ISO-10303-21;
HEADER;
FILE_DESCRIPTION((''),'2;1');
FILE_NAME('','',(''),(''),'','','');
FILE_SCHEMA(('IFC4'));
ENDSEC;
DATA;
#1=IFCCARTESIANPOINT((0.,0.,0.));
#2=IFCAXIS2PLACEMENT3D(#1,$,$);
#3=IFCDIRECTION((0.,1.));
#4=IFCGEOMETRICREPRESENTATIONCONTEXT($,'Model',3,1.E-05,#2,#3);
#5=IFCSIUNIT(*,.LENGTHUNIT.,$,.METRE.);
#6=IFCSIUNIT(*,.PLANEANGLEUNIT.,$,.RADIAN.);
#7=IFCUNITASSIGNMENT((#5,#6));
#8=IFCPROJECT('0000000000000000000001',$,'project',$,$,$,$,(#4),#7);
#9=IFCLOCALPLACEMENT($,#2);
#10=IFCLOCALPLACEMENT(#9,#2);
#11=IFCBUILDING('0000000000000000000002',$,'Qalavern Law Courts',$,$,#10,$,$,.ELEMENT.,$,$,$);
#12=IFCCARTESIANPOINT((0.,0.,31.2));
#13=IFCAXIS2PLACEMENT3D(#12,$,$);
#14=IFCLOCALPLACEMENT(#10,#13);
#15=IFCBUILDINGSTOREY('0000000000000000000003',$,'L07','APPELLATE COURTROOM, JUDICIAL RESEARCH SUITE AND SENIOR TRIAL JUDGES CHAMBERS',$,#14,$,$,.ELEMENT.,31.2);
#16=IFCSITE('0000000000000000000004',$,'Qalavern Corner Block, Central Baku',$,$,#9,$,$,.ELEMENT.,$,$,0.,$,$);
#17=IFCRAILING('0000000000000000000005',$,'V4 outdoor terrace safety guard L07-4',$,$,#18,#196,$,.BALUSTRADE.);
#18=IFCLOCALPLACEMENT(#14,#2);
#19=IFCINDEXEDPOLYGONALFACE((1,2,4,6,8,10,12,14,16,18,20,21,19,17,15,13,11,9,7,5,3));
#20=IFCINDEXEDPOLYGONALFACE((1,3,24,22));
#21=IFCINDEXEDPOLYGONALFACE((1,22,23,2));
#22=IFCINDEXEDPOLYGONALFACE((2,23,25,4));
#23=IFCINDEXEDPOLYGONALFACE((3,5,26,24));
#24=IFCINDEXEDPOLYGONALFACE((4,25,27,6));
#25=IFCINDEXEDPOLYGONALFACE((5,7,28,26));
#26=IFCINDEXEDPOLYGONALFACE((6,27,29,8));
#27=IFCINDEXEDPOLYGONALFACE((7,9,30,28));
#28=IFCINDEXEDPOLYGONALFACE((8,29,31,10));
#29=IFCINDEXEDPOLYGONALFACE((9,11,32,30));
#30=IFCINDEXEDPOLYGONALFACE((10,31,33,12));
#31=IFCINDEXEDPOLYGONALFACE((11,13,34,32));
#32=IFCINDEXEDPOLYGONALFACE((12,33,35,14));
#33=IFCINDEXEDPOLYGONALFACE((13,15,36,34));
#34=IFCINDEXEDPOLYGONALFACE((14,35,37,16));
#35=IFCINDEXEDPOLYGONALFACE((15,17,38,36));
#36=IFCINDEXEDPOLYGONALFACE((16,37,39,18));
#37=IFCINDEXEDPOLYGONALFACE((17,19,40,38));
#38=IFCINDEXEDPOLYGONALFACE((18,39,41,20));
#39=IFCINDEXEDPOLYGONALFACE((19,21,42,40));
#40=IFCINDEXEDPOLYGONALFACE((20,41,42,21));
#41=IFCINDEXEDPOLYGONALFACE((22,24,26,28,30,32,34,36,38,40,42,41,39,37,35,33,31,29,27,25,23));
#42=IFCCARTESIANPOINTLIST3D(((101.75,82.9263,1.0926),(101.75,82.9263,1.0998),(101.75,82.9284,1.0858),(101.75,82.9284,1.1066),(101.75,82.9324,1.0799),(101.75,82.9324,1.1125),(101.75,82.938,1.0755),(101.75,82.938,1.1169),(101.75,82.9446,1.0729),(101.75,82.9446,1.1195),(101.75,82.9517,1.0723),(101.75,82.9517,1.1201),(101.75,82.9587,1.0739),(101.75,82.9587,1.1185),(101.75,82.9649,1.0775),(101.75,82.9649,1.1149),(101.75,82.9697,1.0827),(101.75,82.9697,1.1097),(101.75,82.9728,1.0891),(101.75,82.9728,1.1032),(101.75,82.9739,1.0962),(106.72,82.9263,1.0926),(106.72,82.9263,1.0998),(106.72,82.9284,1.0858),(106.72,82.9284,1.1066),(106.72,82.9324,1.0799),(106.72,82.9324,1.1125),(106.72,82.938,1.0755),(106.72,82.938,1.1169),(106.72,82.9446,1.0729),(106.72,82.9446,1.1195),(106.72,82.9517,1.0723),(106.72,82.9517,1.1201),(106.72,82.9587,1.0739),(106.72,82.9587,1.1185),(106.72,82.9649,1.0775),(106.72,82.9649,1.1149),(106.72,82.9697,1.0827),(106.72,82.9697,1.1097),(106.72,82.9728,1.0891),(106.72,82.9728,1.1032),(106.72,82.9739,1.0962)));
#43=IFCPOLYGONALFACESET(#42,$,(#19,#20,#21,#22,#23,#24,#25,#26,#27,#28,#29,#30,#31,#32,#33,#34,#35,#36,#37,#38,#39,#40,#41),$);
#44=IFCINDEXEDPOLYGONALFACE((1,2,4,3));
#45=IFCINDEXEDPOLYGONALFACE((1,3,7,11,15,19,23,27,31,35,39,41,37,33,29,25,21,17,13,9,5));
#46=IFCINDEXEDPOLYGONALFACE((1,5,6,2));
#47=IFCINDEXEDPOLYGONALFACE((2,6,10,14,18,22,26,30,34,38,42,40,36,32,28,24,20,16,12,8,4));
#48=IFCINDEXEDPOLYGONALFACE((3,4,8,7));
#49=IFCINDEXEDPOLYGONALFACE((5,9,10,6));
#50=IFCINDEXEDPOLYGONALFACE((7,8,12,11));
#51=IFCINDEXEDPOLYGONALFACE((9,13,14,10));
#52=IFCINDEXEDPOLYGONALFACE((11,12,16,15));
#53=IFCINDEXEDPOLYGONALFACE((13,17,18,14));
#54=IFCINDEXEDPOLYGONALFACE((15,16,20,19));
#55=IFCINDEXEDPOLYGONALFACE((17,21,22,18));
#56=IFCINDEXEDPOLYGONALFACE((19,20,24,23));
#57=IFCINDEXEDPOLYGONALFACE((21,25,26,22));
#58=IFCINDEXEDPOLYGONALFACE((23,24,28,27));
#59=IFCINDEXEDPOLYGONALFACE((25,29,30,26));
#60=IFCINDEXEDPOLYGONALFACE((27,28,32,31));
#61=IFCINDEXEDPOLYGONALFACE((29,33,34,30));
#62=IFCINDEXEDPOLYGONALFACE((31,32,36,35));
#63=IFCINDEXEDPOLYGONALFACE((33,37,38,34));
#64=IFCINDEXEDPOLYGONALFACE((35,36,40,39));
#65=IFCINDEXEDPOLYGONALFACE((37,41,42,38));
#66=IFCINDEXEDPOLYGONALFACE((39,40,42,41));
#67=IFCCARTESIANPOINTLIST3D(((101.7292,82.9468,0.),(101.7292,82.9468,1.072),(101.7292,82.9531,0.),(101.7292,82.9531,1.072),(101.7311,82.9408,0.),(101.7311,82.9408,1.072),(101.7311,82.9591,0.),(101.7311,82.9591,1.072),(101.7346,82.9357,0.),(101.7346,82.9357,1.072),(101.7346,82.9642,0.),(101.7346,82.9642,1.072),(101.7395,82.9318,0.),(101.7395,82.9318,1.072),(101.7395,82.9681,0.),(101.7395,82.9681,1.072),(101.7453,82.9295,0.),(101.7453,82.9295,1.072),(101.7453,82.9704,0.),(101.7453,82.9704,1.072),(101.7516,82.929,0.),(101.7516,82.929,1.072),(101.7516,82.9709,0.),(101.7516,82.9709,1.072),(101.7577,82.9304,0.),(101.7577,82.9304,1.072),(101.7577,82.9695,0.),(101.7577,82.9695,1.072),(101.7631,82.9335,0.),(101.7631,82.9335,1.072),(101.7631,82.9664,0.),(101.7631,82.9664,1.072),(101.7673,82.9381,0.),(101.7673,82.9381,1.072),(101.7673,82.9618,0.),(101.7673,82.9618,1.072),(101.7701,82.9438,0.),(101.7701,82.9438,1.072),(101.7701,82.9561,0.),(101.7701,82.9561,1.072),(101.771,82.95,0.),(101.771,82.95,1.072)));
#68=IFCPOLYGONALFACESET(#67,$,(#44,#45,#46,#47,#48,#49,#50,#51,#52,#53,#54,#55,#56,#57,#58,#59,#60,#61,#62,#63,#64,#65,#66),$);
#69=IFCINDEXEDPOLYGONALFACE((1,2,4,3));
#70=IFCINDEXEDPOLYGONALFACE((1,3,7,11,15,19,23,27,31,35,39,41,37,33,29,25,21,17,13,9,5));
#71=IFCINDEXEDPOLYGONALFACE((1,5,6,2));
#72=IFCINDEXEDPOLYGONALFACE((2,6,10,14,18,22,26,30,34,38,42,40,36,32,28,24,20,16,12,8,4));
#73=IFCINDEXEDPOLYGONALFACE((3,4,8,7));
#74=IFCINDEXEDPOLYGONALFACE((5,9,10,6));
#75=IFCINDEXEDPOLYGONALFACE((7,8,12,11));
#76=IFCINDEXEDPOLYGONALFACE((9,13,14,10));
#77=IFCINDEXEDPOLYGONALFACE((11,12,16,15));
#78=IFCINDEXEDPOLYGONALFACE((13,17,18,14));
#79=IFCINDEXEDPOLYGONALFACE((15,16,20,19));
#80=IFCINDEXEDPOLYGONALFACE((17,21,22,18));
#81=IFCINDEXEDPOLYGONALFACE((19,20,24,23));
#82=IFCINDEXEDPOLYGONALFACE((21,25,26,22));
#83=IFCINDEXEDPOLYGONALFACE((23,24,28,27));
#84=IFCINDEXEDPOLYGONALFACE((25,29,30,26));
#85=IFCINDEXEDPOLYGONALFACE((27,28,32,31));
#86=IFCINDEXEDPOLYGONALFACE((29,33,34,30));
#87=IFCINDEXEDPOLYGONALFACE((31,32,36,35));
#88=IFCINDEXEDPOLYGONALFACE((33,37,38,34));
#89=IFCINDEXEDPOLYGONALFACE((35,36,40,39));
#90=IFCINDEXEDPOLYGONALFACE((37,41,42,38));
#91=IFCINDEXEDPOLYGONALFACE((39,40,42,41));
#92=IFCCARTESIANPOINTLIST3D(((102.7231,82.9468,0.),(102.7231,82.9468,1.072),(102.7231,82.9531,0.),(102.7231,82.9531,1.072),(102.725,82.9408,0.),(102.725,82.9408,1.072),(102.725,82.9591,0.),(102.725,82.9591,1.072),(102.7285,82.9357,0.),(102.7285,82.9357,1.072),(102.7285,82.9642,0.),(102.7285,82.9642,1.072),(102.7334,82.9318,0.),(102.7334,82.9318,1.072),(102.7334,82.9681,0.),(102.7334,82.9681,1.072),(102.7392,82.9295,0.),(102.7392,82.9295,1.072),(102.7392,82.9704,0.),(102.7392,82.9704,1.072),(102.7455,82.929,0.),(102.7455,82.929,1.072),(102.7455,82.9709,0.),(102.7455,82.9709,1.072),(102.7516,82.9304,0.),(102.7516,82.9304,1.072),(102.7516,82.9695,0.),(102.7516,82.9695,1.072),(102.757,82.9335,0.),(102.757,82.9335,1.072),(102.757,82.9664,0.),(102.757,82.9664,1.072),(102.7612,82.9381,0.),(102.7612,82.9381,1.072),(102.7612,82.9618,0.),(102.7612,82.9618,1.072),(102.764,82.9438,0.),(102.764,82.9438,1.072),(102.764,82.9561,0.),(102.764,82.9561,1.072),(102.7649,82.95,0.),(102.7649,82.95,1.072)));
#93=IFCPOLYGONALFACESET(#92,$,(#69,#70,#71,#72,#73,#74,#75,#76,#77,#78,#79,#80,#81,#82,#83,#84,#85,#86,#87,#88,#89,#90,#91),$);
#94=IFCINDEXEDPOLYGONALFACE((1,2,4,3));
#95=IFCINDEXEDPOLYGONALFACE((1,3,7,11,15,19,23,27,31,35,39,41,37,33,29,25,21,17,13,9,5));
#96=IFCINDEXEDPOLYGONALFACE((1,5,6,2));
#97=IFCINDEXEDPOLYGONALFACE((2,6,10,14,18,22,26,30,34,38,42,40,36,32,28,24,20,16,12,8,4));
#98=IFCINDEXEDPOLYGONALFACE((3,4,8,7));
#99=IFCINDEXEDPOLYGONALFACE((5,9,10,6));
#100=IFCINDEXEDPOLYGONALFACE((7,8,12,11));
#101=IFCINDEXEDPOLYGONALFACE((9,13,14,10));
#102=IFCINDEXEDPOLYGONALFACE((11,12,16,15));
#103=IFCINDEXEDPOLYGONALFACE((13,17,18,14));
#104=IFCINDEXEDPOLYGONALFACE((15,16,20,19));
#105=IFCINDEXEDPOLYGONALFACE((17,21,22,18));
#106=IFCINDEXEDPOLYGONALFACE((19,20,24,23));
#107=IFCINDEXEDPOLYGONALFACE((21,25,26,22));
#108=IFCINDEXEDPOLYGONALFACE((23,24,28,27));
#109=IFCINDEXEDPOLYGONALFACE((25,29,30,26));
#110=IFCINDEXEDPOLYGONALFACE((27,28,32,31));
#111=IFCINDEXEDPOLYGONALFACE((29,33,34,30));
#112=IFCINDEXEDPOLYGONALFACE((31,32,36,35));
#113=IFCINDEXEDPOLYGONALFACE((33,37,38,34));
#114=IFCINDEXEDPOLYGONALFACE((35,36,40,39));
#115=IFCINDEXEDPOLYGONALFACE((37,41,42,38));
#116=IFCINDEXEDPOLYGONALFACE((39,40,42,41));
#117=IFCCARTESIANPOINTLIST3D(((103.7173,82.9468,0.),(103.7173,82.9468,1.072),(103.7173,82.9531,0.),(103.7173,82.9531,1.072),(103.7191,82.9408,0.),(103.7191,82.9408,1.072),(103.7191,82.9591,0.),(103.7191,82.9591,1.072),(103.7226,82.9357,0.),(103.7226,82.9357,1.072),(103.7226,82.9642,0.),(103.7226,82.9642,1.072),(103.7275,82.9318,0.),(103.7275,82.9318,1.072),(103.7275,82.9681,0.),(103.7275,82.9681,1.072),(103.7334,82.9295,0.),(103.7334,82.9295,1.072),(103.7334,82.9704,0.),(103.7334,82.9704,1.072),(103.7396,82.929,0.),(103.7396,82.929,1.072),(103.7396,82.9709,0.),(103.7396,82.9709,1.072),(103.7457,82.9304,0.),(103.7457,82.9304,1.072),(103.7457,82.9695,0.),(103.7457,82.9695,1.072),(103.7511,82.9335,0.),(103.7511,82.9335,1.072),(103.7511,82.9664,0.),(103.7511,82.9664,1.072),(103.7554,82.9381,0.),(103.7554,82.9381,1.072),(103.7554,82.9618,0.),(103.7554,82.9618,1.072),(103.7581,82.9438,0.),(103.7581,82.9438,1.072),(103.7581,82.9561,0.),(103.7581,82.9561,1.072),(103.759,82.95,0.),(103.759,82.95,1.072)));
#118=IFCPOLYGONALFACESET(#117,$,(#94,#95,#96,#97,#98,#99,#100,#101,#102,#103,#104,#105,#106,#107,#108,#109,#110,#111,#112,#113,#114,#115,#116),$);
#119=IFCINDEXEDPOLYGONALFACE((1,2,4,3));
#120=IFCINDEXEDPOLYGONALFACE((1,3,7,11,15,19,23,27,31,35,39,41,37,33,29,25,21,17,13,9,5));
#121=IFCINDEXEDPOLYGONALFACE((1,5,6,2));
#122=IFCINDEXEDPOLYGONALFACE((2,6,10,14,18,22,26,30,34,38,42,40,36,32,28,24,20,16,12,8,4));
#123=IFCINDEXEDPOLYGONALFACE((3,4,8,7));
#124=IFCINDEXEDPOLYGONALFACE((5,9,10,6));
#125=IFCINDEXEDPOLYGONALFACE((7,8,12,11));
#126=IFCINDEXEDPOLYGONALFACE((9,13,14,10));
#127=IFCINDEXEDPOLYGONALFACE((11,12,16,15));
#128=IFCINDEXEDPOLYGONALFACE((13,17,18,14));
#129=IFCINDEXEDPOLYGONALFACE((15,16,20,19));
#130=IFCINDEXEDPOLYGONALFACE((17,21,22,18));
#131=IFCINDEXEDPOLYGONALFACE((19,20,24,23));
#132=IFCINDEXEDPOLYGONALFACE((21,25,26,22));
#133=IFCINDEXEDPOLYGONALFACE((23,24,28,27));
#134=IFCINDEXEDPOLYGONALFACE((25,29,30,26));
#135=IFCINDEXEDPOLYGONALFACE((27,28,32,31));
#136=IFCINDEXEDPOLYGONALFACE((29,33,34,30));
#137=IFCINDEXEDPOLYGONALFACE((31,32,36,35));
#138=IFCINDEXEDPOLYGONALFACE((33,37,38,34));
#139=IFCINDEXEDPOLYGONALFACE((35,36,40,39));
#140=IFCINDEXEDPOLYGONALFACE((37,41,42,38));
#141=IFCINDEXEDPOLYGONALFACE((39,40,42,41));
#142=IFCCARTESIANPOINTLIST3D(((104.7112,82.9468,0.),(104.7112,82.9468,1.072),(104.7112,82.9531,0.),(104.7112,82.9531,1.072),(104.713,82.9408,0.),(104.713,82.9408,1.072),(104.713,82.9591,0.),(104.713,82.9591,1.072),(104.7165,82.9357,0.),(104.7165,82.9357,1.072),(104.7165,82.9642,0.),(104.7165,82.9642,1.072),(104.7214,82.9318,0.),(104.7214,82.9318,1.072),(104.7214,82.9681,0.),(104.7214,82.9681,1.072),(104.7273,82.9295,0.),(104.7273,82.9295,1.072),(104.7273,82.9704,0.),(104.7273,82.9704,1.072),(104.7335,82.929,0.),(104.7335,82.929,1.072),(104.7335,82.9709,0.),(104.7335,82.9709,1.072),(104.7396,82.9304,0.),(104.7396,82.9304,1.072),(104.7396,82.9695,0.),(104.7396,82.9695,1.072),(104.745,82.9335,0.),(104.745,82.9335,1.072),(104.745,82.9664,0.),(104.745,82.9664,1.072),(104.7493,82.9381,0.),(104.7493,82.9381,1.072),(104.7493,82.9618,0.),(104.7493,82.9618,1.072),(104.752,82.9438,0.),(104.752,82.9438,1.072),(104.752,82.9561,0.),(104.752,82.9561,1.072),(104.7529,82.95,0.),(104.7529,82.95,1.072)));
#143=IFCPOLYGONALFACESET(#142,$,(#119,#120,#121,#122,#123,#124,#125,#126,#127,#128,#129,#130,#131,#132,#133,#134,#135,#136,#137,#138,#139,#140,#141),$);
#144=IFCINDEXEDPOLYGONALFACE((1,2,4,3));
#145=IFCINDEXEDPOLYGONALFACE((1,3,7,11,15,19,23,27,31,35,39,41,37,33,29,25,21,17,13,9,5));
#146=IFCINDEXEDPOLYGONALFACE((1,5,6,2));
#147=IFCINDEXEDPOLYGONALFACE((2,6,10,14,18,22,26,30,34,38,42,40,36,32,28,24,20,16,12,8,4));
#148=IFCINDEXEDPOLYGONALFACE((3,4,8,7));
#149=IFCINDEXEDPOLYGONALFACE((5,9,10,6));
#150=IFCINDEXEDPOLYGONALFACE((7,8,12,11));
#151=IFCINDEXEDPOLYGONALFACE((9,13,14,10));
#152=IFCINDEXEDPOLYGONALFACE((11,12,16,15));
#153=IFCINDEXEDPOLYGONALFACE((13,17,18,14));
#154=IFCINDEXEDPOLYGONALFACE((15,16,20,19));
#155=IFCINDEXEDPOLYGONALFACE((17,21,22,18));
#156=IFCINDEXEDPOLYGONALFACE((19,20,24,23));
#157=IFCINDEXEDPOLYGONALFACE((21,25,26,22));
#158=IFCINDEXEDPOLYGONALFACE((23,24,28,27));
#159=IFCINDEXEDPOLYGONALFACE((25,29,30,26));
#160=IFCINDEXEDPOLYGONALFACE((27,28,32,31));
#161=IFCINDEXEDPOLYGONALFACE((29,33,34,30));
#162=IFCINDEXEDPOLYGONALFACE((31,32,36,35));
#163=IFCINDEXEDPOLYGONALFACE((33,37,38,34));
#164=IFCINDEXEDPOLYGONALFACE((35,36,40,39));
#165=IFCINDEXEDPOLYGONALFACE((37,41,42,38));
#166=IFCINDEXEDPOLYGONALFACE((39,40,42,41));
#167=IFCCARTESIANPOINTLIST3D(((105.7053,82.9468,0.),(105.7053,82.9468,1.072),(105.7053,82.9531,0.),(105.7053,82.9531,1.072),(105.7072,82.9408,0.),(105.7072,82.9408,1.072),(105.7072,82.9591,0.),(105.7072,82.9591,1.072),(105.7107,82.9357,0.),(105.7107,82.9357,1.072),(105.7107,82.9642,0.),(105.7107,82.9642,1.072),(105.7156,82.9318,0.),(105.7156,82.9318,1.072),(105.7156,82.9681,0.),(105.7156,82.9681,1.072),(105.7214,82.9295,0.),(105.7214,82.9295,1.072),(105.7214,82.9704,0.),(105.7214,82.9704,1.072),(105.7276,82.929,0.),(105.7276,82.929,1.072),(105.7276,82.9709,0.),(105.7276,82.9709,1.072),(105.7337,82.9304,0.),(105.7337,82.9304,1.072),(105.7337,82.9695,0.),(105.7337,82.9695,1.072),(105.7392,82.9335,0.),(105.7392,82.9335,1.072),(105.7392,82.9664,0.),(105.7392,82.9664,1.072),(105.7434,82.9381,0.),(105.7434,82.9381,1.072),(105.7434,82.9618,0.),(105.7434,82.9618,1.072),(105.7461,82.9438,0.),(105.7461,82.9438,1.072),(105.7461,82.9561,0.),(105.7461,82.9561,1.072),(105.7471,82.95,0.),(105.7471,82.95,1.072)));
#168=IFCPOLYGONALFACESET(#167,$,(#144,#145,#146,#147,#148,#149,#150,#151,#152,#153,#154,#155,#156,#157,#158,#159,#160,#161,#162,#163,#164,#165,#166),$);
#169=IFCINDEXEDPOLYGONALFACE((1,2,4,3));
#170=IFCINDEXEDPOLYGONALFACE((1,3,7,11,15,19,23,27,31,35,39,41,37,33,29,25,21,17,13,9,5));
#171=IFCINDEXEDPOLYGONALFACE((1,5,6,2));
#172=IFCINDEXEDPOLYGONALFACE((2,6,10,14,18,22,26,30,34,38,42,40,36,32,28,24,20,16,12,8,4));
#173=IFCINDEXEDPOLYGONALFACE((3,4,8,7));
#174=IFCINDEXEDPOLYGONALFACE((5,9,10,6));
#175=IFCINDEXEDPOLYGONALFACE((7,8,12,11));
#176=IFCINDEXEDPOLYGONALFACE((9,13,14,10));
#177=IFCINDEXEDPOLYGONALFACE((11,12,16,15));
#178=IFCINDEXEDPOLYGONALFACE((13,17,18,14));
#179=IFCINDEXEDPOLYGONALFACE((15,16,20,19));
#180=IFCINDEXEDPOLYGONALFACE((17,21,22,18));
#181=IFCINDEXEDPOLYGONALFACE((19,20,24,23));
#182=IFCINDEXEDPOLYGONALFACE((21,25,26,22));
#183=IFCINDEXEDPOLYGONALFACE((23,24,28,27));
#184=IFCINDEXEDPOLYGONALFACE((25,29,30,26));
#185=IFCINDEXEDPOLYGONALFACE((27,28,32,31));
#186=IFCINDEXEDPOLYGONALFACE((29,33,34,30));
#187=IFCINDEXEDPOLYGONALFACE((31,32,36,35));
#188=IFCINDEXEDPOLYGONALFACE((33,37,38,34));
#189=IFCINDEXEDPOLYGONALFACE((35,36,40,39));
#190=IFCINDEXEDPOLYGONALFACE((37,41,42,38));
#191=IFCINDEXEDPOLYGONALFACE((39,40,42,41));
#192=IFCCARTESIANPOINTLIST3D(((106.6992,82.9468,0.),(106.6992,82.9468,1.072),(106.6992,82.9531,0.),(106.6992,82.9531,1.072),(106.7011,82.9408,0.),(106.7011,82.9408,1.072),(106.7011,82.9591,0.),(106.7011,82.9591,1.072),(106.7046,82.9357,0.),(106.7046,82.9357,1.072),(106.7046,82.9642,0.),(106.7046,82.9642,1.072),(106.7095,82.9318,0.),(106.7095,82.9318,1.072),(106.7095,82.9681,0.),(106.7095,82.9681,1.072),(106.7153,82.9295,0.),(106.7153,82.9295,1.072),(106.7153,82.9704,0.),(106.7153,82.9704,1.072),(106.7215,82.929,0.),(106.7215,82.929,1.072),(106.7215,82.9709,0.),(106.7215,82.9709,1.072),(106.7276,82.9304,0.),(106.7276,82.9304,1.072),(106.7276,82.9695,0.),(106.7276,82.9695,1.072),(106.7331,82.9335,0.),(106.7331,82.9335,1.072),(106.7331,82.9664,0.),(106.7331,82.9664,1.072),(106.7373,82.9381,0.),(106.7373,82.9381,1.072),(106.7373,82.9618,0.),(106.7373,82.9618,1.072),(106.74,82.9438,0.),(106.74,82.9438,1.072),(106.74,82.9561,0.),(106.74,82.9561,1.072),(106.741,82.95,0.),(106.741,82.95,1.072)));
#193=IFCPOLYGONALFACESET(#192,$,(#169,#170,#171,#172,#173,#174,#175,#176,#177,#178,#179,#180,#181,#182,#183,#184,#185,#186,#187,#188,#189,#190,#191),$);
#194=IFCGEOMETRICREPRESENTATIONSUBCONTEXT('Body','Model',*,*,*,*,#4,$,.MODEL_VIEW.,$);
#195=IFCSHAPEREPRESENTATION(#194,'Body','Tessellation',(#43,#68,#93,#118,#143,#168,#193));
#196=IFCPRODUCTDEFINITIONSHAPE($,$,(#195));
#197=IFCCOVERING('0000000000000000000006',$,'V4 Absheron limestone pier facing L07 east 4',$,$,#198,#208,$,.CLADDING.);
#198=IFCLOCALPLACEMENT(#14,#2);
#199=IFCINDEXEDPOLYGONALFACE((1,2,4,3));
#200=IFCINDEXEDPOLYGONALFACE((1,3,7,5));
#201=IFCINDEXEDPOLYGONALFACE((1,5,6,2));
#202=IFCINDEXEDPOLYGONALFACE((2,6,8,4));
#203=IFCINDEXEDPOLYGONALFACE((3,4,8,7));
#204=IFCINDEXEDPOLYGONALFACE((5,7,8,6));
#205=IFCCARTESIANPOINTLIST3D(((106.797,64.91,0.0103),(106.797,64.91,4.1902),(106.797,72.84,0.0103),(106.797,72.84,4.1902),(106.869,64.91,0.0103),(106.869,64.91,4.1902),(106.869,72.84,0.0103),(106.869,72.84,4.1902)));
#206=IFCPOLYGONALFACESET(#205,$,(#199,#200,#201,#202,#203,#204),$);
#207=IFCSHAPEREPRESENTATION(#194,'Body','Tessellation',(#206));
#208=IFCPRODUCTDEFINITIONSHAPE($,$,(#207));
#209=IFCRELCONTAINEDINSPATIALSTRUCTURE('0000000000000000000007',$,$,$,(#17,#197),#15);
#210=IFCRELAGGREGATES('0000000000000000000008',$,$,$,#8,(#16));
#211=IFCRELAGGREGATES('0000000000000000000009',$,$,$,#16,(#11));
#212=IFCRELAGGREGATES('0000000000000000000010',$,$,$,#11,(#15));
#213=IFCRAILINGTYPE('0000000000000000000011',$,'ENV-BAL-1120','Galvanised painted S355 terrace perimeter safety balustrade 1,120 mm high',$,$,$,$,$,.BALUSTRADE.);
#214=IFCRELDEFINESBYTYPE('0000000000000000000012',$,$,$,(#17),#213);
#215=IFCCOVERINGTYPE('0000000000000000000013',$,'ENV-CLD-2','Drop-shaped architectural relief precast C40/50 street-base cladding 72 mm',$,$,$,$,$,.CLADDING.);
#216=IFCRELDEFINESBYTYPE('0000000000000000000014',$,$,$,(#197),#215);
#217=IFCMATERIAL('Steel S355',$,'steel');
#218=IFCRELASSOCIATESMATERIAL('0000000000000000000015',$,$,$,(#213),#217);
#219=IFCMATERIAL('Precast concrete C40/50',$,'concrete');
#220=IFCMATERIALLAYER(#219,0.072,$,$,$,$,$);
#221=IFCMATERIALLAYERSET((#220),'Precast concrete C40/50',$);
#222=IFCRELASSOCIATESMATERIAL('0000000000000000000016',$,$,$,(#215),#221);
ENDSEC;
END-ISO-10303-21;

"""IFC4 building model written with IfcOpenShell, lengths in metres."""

from ifc_helpers import new_model, si_unit, direction, frame, origin, origin_2d, place, context, subcontext, project, spatial, rectangle, circle, extrude, material, layer, layer_set, type_object, element, save


model = new_model("IFC4")

# Units and contexts
model_context = context("Model", 3, precision=1e-05, world=origin(), true_north=direction((0.0, 1.0)))
body_context = subcontext(model_context, "Body", "Model", "MODEL_VIEW")
ifc_project = project(units=[si_unit("LENGTHUNIT", "METRE"), si_unit("PLANEANGLEUNIT", "RADIAN")], contexts=[model_context])

# Site, building, storey
site_placement = place(None, origin())
site = spatial("IfcSite", under=ifc_project, at=site_placement, Name="Qalavern Corner Block, Central Baku", CompositionType="ELEMENT", RefElevation=0.0)
building_placement = place(site_placement, origin())
building = spatial("IfcBuilding", under=site, at=building_placement, Name="Qalavern Law Courts", CompositionType="ELEMENT")
storey_placement = place(building_placement, frame((0.0, 0.0, 31.2)))
storey = spatial("IfcBuildingStorey", under=building, at=storey_placement, Name="L07", Description="APPELLATE COURTROOM, JUDICIAL RESEARCH SUITE AND SENIOR TRIAL JUDGES CHAMBERS", CompositionType="ELEMENT", Elevation=31.2)

# Shared definitions
ifc_material_1 = material(Name="Steel S355", Category="steel")

# Railing
railing_type_1 = type_object("IfcRailingType", Name="ENV-BAL-1120", Description="Galvanised painted S355 terrace perimeter safety balustrade 1,120 mm high", PredefinedType="BALUSTRADE", material=ifc_material_1)
railing_1_placement = place(storey_placement, frame((101.75, 82.95, 0.0)))
element("IfcRailing", 1, at=railing_1_placement, inside=storey, type_object=railing_type_1, Name="V4 outdoor terrace safety guard L07-4", PredefinedType="BALUSTRADE", context=body_context, shape_type="SweptSolid", body=[
    extrude(circle(Radius=0.0239, at=origin_2d()), frame((0.0, 0.0, 1.0962), z_axis=(1.0, 0.0, 0.0), x_axis=(0.0, 1.0, 0.0)), (0.0, 0.0, 1.0), 4.97),
    extrude(circle(Radius=0.021, at=origin_2d()), origin(), (0.0, 0.0, 1.0), 1.072),
    extrude(circle(Radius=0.021, at=origin_2d()), frame((0.9939, 0.0, 0.0)), (0.0, 0.0, 1.0), 1.072),
    extrude(circle(Radius=0.021, at=origin_2d()), frame((1.988, 0.0, 0.0)), (0.0, 0.0, 1.0), 1.072),
    extrude(circle(Radius=0.021, at=origin_2d()), frame((2.9819, 0.0, 0.0)), (0.0, 0.0, 1.0), 1.072),
    extrude(circle(Radius=0.021, at=origin_2d()), frame((3.9761, 0.0, 0.0)), (0.0, 0.0, 1.0), 1.072),
    extrude(circle(Radius=0.021, at=origin_2d()), frame((4.97, 0.0, 0.0)), (0.0, 0.0, 1.0), 1.072),
])

# Covering
ifc_material_2 = material(Name="Precast concrete C40/50", Category="concrete")
ifc_layer_1 = layer(ifc_material_2, 0.072)
ifc_layer_set_1 = layer_set([ifc_layer_1], Name="Precast concrete C40/50")
covering_type = type_object("IfcCoveringType", Name="ENV-CLD-2", Description="Drop-shaped architectural relief precast C40/50 street-base cladding 72 mm", PredefinedType="CLADDING", material=ifc_layer_set_1)
covering_placement = place(storey_placement, frame((106.833, 68.875, 0.0103), z_axis=(0.0, 0.0, 1.0), x_axis=(0.0, 1.0, 0.0)))
element("IfcCovering", 2, at=covering_placement, inside=storey, type_object=covering_type, Name="V4 Absheron limestone pier facing L07 east 4", PredefinedType="CLADDING", context=body_context, shape_type="SweptSolid", body=[
    extrude(rectangle(XDim=7.9299, YDim=0.072, at=origin_2d()), origin(), (0.0, 0.0, 1.0), 4.1799),
])

save(model, "model.ifc")
